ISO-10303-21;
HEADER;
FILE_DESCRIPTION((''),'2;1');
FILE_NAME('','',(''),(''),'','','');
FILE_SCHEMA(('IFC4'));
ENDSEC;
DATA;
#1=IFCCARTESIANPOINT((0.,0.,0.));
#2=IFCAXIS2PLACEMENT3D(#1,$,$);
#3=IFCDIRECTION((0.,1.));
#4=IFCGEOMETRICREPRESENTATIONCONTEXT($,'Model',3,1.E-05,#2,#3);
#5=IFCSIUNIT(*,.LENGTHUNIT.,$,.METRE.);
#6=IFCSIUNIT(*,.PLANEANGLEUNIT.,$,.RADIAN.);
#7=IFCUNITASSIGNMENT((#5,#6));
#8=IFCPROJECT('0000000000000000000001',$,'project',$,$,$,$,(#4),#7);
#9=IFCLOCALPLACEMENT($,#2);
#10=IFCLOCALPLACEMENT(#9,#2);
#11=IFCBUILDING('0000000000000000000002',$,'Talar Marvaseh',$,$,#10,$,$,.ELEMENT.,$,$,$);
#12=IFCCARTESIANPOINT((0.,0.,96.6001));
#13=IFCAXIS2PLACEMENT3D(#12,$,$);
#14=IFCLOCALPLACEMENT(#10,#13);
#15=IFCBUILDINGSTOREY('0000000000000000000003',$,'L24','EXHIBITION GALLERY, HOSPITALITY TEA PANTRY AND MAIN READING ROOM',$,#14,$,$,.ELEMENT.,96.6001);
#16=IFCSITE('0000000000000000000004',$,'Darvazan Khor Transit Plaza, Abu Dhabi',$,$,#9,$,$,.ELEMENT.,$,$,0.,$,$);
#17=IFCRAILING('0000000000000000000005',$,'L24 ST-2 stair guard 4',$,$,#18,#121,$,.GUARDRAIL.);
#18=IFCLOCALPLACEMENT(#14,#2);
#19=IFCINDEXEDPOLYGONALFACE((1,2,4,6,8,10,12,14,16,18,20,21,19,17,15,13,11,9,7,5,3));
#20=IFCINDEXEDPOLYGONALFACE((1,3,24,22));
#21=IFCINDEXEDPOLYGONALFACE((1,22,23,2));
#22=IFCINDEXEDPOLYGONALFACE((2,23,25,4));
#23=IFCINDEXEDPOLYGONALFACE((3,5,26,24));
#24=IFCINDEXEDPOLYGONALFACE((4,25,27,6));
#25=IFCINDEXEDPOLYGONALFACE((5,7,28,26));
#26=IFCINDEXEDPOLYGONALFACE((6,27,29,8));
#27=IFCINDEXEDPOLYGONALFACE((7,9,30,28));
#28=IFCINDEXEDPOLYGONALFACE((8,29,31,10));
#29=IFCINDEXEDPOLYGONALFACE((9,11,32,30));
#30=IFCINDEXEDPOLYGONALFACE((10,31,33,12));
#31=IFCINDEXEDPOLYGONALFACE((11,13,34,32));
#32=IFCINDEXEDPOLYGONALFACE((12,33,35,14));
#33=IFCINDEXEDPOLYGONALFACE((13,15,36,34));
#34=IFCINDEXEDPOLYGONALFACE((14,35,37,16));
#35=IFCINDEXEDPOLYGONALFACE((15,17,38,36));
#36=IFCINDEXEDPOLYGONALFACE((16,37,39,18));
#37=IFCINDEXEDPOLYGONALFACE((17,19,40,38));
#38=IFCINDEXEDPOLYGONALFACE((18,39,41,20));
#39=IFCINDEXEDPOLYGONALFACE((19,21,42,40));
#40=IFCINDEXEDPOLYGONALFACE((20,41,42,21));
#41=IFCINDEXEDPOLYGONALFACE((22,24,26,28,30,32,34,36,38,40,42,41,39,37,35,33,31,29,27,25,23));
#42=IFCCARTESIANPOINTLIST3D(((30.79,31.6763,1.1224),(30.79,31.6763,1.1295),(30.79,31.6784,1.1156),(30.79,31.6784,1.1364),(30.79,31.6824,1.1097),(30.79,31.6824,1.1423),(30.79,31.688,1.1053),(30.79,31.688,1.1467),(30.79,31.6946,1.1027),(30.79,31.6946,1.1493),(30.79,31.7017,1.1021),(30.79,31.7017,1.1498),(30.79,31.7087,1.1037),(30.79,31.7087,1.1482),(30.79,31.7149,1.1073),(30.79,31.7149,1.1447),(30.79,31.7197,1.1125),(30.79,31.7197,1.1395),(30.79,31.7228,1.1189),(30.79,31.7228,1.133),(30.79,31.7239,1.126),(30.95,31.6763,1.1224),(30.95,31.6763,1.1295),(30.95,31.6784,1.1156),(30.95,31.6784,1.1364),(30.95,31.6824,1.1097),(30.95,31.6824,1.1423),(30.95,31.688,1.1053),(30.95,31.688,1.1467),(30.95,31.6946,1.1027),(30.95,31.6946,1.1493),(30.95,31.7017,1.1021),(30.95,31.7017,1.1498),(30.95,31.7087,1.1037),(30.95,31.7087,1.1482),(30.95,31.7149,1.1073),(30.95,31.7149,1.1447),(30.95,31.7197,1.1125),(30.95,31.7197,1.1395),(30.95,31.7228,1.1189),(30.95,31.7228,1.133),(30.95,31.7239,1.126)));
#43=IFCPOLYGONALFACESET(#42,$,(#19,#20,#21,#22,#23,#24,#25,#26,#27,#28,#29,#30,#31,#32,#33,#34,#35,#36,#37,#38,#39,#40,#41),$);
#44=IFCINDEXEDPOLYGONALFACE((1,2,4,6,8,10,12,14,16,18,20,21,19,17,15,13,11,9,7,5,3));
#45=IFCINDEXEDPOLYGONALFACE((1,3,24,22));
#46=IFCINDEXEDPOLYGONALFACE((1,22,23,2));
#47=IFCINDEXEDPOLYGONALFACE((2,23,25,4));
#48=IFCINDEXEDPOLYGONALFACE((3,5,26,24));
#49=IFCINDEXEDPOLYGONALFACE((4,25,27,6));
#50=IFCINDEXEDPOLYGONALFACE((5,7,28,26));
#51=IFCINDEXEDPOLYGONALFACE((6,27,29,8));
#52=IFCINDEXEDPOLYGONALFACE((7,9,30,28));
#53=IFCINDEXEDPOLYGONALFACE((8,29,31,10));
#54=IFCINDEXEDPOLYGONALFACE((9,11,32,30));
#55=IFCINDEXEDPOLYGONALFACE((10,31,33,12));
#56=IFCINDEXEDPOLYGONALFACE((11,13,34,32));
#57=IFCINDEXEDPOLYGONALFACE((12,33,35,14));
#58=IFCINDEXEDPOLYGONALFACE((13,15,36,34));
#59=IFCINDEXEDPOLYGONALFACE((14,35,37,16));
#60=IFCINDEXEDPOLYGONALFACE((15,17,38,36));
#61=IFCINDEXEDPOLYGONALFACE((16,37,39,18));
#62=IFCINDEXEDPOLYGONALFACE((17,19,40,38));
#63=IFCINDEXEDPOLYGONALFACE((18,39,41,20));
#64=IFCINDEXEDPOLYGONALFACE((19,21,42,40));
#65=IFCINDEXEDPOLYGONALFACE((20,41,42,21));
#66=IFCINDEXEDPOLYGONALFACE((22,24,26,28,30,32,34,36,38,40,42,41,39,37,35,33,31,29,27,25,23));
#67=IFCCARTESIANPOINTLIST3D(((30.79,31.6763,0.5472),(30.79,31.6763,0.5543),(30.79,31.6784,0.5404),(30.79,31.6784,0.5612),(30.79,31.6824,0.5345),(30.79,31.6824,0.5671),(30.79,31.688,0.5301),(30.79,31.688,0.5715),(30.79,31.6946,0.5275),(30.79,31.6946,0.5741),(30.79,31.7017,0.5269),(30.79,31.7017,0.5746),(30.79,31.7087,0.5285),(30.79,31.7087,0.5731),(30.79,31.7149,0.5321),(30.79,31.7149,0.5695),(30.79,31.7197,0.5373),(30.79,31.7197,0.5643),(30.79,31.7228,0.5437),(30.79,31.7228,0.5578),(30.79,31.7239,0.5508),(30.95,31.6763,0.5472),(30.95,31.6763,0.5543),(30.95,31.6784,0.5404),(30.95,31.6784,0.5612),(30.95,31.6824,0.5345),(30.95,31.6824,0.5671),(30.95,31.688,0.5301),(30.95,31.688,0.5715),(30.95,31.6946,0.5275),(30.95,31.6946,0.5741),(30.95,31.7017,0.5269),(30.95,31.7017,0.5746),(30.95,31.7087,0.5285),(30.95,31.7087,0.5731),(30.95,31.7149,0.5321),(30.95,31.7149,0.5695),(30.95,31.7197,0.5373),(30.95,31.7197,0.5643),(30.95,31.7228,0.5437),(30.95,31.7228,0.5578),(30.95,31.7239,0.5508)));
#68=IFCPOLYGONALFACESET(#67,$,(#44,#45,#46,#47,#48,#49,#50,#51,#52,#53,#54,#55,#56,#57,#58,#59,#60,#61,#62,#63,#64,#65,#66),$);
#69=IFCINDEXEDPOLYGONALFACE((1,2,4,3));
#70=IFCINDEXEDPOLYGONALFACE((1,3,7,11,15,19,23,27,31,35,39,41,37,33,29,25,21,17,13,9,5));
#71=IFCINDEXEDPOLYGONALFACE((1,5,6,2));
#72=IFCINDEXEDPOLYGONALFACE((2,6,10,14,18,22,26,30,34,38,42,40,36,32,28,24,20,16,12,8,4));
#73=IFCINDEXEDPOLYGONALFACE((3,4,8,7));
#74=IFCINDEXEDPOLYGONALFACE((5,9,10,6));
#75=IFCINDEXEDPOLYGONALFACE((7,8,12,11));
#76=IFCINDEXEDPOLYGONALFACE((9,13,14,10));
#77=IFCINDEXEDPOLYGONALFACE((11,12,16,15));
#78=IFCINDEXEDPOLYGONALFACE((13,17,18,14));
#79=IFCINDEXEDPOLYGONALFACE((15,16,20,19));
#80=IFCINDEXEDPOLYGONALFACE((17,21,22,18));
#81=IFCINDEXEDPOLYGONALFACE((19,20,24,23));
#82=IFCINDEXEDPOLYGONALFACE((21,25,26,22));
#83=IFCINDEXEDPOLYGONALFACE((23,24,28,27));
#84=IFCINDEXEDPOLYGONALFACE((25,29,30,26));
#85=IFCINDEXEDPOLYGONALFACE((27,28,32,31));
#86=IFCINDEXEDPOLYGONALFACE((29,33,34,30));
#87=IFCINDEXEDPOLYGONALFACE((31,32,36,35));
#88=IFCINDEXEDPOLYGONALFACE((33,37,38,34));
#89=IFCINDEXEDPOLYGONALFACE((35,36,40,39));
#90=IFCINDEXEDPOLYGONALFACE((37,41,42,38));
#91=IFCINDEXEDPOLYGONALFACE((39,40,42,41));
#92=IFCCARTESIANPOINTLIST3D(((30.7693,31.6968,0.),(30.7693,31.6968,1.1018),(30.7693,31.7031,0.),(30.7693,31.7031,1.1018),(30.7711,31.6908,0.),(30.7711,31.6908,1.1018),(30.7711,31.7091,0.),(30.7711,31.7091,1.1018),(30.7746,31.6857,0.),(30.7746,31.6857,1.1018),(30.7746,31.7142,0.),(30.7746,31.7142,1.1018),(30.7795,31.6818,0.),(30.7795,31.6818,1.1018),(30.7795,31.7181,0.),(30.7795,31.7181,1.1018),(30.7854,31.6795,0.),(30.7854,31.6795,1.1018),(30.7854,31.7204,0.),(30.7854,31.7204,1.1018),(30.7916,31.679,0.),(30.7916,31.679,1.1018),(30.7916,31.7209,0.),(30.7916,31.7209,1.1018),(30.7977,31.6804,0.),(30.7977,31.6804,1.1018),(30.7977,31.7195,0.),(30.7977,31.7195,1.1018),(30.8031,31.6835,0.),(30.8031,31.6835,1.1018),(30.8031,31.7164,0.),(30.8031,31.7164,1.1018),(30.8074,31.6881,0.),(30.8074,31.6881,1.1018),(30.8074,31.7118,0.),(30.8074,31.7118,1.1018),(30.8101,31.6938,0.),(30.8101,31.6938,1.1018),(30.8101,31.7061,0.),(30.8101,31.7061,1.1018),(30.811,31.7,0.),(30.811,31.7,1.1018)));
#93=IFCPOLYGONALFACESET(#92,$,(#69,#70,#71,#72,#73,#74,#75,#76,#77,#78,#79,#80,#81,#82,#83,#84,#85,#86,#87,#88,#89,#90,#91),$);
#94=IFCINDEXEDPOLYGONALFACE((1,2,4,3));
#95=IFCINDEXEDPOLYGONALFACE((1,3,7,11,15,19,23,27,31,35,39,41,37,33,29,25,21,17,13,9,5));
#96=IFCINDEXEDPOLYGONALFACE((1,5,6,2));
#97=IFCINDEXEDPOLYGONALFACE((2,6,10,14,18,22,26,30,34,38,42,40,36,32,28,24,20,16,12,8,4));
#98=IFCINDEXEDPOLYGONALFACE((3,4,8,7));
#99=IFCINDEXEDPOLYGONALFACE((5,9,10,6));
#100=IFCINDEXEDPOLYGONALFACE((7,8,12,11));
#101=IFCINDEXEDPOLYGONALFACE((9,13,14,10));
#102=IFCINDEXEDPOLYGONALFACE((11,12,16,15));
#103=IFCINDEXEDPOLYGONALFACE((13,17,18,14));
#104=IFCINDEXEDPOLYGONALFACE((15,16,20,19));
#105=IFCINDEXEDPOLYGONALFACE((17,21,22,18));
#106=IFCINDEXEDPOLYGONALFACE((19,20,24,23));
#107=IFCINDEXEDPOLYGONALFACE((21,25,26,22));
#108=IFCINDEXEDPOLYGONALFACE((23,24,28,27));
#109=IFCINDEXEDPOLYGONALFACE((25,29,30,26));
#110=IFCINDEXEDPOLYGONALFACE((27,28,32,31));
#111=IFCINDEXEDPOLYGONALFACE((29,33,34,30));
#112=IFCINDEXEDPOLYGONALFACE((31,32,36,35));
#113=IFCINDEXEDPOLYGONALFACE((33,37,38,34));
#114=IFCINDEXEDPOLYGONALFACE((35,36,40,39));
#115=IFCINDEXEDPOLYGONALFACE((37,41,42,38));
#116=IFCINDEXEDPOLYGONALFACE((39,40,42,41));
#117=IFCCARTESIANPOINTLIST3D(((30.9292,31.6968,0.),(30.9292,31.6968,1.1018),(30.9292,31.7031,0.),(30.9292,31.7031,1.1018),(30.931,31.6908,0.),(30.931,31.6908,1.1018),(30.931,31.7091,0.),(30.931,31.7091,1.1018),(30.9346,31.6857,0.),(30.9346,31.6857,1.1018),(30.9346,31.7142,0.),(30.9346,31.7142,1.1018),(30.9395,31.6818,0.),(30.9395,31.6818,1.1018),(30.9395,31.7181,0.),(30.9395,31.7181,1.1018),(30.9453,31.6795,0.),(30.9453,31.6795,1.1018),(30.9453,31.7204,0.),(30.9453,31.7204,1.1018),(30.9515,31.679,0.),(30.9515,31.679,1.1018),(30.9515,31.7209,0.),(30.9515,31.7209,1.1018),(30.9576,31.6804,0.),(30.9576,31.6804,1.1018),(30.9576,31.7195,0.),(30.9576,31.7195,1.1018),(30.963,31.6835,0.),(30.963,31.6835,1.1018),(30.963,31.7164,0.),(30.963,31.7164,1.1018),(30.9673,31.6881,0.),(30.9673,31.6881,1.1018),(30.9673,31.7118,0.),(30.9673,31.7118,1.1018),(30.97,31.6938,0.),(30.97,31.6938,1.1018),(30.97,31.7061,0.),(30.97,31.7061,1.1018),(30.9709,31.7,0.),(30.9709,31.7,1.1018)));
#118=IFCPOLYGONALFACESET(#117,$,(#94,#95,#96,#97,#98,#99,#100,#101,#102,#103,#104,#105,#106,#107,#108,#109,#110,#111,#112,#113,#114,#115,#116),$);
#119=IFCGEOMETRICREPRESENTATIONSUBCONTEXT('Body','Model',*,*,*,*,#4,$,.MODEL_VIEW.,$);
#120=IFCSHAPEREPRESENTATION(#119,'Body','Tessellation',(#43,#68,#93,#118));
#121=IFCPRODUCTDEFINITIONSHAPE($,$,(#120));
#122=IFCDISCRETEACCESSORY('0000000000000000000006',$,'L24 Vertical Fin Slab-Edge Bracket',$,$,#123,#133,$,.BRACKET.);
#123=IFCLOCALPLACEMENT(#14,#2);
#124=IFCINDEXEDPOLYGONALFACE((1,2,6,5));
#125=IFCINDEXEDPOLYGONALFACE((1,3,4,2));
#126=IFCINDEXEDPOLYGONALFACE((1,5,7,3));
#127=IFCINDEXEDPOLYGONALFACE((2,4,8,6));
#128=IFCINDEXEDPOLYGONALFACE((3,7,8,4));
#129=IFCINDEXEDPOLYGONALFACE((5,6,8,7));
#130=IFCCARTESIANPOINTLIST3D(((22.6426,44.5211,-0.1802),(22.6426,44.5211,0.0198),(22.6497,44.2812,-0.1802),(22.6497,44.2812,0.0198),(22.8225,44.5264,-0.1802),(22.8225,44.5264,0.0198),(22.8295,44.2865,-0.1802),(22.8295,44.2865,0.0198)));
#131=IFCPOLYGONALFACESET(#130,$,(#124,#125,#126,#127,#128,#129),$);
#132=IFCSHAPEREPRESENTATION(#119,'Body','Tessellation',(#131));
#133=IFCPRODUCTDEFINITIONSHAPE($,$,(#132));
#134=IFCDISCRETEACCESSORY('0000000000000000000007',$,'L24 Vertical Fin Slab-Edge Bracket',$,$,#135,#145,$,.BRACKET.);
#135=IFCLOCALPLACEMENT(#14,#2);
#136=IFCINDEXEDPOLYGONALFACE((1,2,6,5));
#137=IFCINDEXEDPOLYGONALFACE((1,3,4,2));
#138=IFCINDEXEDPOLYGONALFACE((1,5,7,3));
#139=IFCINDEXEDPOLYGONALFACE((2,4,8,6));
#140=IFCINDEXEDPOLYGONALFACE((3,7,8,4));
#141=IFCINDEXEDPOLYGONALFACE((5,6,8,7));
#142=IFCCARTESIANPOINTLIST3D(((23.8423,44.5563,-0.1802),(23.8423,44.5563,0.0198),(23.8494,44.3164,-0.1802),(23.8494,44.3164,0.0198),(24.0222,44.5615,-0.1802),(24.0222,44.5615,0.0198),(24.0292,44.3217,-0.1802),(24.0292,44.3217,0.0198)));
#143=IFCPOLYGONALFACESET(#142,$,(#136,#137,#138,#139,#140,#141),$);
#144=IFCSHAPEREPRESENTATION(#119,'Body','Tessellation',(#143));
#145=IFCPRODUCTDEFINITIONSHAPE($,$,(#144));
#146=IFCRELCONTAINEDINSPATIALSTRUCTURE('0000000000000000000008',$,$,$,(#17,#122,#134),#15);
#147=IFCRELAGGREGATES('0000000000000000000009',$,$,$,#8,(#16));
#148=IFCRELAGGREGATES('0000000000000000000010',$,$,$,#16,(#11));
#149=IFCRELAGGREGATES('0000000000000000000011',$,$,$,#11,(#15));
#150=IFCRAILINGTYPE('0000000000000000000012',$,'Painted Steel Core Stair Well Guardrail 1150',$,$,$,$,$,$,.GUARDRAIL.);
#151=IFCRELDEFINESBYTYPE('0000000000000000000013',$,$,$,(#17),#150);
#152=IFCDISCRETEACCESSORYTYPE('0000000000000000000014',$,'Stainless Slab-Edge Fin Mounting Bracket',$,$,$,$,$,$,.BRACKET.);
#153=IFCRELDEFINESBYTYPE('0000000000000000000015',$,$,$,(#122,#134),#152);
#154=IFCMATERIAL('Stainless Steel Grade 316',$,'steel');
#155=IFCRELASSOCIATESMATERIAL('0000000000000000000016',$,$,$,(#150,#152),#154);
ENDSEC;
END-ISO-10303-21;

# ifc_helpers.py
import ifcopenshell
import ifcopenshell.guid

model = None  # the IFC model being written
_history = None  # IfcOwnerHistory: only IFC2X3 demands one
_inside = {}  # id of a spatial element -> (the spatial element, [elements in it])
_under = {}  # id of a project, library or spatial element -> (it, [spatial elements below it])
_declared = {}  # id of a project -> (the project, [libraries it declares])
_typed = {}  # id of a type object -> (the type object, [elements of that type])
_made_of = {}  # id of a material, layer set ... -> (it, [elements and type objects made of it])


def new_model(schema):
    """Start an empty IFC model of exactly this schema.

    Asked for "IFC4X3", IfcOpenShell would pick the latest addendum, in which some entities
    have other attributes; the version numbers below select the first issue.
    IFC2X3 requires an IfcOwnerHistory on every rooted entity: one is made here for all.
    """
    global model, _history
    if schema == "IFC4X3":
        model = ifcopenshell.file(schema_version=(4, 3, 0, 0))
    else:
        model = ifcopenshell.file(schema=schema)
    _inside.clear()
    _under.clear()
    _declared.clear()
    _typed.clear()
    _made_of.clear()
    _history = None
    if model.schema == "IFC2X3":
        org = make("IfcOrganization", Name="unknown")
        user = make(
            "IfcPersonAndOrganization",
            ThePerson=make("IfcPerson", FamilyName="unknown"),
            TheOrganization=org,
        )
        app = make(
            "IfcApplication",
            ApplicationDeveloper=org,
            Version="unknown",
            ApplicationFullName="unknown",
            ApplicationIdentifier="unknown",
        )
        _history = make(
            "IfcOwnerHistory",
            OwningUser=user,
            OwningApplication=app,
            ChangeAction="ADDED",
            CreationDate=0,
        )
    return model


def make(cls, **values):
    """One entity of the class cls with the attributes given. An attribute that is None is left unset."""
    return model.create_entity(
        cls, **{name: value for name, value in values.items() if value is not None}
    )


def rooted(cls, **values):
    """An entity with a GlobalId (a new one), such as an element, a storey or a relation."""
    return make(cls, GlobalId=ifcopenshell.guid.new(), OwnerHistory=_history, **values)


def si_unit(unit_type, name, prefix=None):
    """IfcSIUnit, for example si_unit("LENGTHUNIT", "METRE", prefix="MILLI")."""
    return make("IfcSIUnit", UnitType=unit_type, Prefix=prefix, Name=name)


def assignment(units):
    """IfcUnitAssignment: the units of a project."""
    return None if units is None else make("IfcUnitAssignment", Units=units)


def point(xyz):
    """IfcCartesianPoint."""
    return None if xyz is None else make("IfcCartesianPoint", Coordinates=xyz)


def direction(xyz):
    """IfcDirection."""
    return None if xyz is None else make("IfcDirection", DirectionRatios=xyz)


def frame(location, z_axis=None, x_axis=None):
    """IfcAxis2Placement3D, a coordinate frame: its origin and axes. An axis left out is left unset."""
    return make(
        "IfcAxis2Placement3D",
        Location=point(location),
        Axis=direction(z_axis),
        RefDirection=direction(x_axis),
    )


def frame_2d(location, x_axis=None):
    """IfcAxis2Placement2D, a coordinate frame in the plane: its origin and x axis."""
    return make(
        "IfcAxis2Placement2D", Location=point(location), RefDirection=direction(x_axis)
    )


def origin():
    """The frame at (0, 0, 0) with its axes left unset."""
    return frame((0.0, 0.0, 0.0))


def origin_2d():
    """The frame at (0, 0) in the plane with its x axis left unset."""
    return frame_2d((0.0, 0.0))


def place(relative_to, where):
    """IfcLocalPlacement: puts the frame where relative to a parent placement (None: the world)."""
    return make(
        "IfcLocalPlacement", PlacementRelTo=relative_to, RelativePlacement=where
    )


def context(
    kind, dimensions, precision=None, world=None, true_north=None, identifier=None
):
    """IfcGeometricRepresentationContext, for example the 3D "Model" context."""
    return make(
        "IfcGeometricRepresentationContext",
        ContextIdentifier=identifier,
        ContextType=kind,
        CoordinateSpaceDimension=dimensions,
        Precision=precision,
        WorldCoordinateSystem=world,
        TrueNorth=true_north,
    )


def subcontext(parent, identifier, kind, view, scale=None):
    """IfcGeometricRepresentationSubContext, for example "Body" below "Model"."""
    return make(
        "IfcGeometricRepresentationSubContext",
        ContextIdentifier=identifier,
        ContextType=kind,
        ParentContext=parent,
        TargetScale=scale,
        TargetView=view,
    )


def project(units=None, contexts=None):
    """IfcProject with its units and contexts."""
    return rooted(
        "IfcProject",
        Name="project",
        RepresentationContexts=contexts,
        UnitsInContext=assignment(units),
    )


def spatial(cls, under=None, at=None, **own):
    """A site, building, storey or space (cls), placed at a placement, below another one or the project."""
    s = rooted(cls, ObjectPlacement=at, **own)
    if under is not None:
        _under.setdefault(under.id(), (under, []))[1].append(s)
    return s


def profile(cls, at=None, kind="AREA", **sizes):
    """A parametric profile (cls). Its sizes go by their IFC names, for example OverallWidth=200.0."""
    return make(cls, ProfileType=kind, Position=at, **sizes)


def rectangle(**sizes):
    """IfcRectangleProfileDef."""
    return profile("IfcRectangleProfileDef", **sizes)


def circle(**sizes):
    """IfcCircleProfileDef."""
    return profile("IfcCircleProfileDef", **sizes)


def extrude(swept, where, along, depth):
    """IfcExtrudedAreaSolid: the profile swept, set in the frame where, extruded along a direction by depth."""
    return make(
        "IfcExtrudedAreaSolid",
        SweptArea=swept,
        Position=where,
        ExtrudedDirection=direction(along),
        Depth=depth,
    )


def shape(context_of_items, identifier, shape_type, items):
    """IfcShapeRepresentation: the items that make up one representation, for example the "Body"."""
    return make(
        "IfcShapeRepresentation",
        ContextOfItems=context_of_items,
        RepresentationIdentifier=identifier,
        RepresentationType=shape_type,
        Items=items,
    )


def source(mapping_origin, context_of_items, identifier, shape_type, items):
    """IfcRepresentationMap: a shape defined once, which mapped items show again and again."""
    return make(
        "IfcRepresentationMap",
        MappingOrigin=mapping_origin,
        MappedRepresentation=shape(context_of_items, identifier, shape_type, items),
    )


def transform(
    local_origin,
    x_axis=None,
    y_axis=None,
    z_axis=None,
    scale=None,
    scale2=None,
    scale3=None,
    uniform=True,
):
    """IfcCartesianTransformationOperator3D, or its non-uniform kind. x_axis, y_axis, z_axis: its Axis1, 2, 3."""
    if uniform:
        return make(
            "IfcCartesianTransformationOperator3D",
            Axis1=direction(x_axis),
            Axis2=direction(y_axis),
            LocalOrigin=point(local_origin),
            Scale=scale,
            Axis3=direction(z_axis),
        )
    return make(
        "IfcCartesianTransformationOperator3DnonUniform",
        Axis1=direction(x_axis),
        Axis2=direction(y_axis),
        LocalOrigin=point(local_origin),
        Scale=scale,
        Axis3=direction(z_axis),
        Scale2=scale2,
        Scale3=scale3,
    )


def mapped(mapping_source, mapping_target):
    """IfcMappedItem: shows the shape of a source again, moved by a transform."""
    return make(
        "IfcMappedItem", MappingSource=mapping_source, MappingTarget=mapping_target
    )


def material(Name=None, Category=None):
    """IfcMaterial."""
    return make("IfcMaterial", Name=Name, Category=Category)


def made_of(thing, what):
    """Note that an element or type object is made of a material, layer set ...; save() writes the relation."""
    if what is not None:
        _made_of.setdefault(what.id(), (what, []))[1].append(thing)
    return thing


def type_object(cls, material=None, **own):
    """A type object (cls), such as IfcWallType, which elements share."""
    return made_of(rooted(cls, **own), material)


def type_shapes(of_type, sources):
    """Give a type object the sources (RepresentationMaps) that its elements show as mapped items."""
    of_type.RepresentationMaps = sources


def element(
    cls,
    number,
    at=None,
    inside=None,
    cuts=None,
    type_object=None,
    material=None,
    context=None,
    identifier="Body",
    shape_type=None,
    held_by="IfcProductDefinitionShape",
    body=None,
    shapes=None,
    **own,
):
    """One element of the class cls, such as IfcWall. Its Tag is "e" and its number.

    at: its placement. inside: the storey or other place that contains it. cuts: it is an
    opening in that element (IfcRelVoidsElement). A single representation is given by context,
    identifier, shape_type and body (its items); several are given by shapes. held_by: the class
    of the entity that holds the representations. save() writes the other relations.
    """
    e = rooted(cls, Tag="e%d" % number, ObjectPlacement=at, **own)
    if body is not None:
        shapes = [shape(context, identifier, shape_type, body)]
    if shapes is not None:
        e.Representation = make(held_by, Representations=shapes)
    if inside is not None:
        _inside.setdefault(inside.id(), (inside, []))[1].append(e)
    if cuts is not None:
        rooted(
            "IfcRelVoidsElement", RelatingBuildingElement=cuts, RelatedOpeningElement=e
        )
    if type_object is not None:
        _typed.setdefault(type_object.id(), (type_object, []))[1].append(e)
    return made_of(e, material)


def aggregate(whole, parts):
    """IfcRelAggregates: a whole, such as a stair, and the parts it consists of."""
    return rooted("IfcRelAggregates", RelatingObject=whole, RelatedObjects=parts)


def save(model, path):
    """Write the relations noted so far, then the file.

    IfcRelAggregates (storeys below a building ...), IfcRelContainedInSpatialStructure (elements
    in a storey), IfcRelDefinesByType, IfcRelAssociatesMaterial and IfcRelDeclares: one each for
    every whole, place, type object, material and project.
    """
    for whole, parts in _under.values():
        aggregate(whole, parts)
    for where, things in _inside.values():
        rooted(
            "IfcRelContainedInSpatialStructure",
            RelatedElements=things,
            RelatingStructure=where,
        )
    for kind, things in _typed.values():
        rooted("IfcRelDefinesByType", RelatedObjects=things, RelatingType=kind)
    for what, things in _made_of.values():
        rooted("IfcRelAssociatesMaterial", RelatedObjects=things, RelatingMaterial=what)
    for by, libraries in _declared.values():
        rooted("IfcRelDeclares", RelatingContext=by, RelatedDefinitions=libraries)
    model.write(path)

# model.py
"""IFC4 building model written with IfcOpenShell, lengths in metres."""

from ifc_helpers import new_model, si_unit, direction, frame, origin, origin_2d, place, context, subcontext, project, spatial, rectangle, circle, extrude, source, transform, mapped, material, type_object, type_shapes, element, save


model = new_model("IFC4")

# Units and contexts
model_context = context("Model", 3, precision=1e-05, world=origin(), true_north=direction((0.0, 1.0)))
body_context = subcontext(model_context, "Body", "Model", "MODEL_VIEW")
ifc_project = project(units=[si_unit("LENGTHUNIT", "METRE"), si_unit("PLANEANGLEUNIT", "RADIAN")], contexts=[model_context])

# Site, building, storey
site_placement = place(None, origin())
site = spatial("IfcSite", under=ifc_project, at=site_placement, Name="Darvazan Khor Transit Plaza, Abu Dhabi", CompositionType="ELEMENT", RefElevation=0.0)
building_placement = place(site_placement, origin())
building = spatial("IfcBuilding", under=site, at=building_placement, Name="Talar Marvaseh", CompositionType="ELEMENT")
storey_placement = place(building_placement, frame((0.0, 0.0, 96.6001)))
storey = spatial("IfcBuildingStorey", under=building, at=storey_placement, Name="L24", Description="EXHIBITION GALLERY, HOSPITALITY TEA PANTRY AND MAIN READING ROOM", CompositionType="ELEMENT", Elevation=96.6001)

# Shared definitions
ifc_material_1 = material(Name="Stainless Steel Grade 316", Category="steel")

# Railing
railing_type_1 = type_object("IfcRailingType", Name="Painted Steel Core Stair Well Guardrail 1150", PredefinedType="GUARDRAIL", material=ifc_material_1)
railing_1_placement = place(storey_placement, frame((30.79, 31.7, 0.0)))
element("IfcRailing", 1, at=railing_1_placement, inside=storey, type_object=railing_type_1, Name="L24 ST-2 stair guard 4", PredefinedType="GUARDRAIL", context=body_context, shape_type="SweptSolid", body=[
    extrude(circle(Radius=0.0239, at=origin_2d()), frame((0.0, 0.0, 1.126), z_axis=(1.0, 0.0, 0.0), x_axis=(0.0, 1.0, 0.0)), (0.0, 0.0, 1.0), 0.1599),
    extrude(circle(Radius=0.0239, at=origin_2d()), frame((0.0, 0.0, 0.5508), z_axis=(1.0, 0.0, 0.0), x_axis=(0.0, 1.0, 0.0)), (0.0, 0.0, 1.0), 0.1599),
    extrude(circle(Radius=0.021, at=origin_2d()), origin(), (0.0, 0.0, 1.0), 1.1018),
    extrude(circle(Radius=0.021, at=origin_2d()), frame((0.1599, 0.0, 0.0)), (0.0, 0.0, 1.0), 1.1018),
])

# Discrete accessories
discrete_accessory_type = type_object("IfcDiscreteAccessoryType", Name="Stainless Slab-Edge Fin Mounting Bracket", PredefinedType="BRACKET", material=ifc_material_1)
shared_shape_1 = source(origin(), body_context, "Body", "SweptSolid", [
    extrude(rectangle(XDim=0.24, YDim=0.1799, at=origin_2d()), origin(), (0.0, 0.0, 1.0), 0.2),
])
type_shapes(discrete_accessory_type, [shared_shape_1])
for number, where, z_axis, x_axis, name in (
    (2, (22.7361, 44.4038, -0.1802), (0.0, 0.0, 1.0), (-0.029317, 0.99957, 0.0), "L24 Vertical Fin Slab-Edge Bracket"),
    (3, (23.9358, 44.439, -0.1802), (0.0, 0.0, 1.0), (-0.029317, 0.99957, 0.0), "L24 Vertical Fin Slab-Edge Bracket"),
):
    element("IfcDiscreteAccessory", number, at=place(storey_placement, frame(where, z_axis=z_axis, x_axis=x_axis)), inside=storey, type_object=discrete_accessory_type, Name=name, PredefinedType="BRACKET", context=body_context, shape_type="MappedRepresentation", body=[
        mapped(shared_shape_1, transform((0.0, 0.0, 0.0), x_axis=(1.0, 0.0, 0.0), y_axis=(0.0, 1.0, 0.0), z_axis=(0.0, 0.0, 1.0), scale=1.0)),
    ])

save(model, "model.ifc")
